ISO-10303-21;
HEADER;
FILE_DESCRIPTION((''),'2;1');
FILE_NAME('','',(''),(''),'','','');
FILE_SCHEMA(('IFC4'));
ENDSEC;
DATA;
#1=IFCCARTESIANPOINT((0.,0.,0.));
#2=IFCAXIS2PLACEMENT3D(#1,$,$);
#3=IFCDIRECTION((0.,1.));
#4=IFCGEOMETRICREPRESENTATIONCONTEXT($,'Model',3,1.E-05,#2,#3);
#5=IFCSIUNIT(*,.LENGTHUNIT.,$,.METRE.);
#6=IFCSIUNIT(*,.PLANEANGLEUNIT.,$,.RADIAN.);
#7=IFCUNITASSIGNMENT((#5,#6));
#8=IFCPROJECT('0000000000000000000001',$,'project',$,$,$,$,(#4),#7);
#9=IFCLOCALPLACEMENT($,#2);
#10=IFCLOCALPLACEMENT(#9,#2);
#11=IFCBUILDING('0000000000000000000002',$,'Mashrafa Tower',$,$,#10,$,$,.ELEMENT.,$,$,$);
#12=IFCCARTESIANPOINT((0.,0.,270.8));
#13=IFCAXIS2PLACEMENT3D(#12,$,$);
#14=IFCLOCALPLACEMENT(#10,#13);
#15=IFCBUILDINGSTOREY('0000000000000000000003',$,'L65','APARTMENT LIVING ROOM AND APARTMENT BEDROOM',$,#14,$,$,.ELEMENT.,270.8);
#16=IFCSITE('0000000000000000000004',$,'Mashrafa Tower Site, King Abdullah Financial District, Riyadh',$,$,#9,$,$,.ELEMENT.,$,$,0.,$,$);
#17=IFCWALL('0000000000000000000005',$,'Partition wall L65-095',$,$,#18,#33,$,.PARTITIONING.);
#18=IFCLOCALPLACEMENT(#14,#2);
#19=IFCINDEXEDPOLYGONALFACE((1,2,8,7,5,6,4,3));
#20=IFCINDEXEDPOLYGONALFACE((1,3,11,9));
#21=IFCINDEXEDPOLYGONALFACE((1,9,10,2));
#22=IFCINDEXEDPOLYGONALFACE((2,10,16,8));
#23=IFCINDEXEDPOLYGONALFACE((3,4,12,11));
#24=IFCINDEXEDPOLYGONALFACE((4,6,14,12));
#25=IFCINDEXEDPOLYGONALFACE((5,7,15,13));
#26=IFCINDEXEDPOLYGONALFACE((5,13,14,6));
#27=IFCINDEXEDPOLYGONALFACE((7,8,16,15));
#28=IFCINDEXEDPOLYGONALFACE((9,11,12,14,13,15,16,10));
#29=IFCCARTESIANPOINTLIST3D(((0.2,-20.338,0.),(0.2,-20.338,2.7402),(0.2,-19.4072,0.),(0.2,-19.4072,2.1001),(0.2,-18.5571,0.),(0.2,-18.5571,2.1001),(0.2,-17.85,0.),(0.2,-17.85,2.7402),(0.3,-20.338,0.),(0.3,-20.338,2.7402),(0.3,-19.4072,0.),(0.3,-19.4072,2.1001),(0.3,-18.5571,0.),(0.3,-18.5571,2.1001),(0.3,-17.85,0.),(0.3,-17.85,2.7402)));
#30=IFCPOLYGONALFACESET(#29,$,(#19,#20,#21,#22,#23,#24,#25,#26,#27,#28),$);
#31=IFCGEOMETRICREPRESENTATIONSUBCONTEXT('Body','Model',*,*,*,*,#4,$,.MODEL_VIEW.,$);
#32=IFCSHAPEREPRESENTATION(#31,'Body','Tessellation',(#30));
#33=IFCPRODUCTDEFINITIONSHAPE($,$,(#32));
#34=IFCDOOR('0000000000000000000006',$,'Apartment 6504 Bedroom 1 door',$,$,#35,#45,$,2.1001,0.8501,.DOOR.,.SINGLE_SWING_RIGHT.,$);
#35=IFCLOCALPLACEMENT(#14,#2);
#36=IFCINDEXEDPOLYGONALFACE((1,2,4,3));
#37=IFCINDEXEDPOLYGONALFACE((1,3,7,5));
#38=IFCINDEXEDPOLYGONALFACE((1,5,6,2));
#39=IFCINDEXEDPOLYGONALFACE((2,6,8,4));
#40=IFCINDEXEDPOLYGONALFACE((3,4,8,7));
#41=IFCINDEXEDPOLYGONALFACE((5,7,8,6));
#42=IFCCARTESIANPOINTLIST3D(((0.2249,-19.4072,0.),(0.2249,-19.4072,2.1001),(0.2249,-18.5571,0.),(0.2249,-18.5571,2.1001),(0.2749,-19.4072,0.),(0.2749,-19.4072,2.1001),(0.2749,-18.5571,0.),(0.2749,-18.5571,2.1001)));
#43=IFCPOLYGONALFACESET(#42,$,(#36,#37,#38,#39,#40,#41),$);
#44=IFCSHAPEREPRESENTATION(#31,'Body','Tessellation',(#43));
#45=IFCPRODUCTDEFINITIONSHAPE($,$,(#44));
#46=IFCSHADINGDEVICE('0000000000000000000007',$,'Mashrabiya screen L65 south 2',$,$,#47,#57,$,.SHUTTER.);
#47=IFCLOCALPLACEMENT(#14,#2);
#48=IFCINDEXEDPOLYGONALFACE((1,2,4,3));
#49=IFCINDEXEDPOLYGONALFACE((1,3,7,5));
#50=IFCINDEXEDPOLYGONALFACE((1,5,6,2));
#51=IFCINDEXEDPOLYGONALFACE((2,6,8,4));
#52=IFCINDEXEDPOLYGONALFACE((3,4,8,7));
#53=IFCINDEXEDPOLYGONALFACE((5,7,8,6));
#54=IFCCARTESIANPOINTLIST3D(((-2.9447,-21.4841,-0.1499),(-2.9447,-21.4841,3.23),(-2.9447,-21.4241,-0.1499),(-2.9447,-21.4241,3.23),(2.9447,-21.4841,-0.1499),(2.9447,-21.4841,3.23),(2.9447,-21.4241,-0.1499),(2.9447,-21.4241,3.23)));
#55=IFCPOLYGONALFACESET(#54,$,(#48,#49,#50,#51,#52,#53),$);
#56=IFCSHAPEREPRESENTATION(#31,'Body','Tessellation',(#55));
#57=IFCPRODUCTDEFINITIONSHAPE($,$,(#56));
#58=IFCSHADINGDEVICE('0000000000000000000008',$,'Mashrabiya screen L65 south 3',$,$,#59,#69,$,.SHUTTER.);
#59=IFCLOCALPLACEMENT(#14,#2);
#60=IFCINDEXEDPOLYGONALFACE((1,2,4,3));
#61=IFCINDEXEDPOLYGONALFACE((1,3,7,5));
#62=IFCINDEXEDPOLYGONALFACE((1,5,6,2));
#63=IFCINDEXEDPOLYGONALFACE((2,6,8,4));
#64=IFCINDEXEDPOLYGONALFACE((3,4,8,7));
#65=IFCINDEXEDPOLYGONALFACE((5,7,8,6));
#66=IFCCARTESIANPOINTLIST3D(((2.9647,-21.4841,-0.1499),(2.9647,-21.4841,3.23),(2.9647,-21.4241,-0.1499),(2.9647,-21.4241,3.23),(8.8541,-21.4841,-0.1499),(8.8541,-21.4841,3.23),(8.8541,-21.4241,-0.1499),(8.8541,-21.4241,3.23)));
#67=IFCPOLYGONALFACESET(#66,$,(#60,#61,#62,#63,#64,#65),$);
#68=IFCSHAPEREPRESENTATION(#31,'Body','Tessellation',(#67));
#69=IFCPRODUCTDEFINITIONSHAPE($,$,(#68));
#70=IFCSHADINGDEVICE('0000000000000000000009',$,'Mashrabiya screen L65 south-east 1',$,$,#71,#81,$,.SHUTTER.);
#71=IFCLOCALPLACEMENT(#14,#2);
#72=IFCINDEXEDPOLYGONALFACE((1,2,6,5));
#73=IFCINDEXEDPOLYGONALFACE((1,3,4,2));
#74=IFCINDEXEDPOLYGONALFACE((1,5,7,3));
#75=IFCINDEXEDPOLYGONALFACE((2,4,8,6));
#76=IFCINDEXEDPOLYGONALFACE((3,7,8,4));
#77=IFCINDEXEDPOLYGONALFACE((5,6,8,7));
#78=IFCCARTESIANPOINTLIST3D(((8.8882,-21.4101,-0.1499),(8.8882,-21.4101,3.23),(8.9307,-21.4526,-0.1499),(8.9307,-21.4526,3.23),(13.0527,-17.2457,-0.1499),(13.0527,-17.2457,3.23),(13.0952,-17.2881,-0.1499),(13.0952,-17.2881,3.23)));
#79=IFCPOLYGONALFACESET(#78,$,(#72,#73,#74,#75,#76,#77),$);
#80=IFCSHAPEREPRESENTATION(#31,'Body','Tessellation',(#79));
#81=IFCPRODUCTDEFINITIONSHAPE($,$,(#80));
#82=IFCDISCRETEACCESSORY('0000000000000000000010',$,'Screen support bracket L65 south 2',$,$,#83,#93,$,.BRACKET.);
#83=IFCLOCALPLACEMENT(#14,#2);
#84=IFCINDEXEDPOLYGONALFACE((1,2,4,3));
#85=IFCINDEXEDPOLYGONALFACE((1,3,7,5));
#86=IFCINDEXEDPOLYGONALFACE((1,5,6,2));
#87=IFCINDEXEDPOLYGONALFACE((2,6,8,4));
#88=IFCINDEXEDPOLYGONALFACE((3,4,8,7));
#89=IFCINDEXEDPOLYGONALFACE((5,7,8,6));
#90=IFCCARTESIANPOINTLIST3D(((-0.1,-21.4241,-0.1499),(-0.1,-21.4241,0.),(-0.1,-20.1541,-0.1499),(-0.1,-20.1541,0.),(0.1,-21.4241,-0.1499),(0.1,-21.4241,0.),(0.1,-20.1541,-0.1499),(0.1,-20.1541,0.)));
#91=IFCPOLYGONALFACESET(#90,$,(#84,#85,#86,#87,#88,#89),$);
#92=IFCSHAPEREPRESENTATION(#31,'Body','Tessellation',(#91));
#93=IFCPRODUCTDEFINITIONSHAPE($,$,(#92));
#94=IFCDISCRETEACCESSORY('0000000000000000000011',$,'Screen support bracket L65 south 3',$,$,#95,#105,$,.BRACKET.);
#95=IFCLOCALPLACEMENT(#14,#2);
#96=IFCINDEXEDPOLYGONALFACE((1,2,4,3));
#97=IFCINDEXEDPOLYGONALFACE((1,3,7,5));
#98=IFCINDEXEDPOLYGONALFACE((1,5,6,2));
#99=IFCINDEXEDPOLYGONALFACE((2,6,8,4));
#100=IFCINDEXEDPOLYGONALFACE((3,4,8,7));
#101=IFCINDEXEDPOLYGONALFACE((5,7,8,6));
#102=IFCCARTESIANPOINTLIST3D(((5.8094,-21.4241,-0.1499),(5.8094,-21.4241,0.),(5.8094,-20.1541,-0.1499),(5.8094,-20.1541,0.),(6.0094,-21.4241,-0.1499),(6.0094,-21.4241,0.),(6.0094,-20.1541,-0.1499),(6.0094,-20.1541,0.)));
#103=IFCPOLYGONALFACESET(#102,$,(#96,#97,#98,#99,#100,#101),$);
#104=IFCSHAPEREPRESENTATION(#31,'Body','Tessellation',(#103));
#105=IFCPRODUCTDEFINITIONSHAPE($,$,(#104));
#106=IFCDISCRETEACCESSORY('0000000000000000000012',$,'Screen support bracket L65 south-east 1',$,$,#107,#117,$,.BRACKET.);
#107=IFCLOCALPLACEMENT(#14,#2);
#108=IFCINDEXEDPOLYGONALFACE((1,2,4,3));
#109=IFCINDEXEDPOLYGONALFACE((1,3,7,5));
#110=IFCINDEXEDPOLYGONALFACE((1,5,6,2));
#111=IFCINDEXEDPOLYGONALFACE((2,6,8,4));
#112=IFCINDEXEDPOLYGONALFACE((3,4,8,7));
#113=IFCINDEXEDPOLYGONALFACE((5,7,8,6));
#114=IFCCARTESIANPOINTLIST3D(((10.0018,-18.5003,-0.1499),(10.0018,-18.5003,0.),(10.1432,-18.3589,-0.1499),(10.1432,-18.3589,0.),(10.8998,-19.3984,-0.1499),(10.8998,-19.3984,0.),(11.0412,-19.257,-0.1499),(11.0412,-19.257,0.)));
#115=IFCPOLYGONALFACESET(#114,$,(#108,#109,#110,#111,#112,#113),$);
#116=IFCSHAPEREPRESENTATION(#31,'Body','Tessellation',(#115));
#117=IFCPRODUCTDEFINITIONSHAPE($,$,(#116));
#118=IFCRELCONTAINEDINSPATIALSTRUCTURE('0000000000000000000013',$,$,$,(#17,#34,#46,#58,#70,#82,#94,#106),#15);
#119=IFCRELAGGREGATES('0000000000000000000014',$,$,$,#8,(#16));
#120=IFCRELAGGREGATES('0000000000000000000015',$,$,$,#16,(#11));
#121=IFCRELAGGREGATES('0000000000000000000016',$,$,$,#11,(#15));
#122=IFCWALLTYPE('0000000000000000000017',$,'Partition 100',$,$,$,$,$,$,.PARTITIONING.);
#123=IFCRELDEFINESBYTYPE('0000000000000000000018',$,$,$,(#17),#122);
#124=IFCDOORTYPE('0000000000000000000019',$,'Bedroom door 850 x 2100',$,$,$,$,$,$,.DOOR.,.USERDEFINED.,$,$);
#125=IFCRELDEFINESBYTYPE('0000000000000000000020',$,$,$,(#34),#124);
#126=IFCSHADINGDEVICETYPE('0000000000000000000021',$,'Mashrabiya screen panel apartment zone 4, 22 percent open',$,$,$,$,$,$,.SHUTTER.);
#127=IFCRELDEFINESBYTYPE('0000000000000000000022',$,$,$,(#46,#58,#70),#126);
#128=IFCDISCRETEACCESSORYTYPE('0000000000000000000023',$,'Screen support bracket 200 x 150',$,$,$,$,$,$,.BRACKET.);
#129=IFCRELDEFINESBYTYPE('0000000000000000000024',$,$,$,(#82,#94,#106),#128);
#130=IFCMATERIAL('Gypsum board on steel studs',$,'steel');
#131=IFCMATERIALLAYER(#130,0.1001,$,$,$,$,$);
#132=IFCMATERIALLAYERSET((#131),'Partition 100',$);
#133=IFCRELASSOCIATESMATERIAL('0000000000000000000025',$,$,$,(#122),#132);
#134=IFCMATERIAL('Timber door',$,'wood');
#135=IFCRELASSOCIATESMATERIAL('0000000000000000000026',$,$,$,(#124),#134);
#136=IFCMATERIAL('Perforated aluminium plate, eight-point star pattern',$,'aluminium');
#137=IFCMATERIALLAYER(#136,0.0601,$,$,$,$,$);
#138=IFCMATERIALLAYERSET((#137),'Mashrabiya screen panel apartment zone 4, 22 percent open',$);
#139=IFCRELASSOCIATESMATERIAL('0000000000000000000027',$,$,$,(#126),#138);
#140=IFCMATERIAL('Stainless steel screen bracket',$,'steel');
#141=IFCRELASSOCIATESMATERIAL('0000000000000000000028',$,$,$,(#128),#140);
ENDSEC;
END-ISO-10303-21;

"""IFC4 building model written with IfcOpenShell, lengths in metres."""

from ifc_helpers import new_model, si_unit, direction, frame, frame_2d, origin, origin_2d, place, context, subcontext, project, spatial, rectangle, extrude, source, transform, mapped, material, layer, layer_set, type_object, type_shapes, element, fill, save


model = new_model("IFC4")

# Units and contexts
model_context = context("Model", 3, precision=1e-05, world=origin(), true_north=direction((0.0, 1.0)))
body_context = subcontext(model_context, "Body", "Model", "MODEL_VIEW")
ifc_project = project(units=[si_unit("LENGTHUNIT", "METRE"), si_unit("PLANEANGLEUNIT", "RADIAN")], contexts=[model_context])

# Site, building, storey
site_placement = place(None, origin())
site = spatial("IfcSite", under=ifc_project, at=site_placement, Name="Mashrafa Tower Site, King Abdullah Financial District, Riyadh", CompositionType="ELEMENT", RefElevation=0.0)
building_placement = place(site_placement, origin())
building = spatial("IfcBuilding", under=site, at=building_placement, Name="Mashrafa Tower", CompositionType="ELEMENT")
storey_placement = place(building_placement, frame((0.0, 0.0, 270.8)))
storey = spatial("IfcBuildingStorey", under=building, at=storey_placement, Name="L65", Description="APARTMENT LIVING ROOM AND APARTMENT BEDROOM", CompositionType="ELEMENT", Elevation=270.8)

# Shared definitions
ifc_material_1 = material(Name="Gypsum board on steel studs", Category="steel")
ifc_layer_1 = layer(ifc_material_1, 0.1001)
ifc_layer_set_1 = layer_set([ifc_layer_1], Name="Partition 100")
wall_type = type_object("IfcWallType", Name="Partition 100", PredefinedType="PARTITIONING", material=ifc_layer_set_1)

# Wall, opening, door
wall_1_placement = place(storey_placement, frame((0.25, -20.3381, 0.0), z_axis=(0.0, 0.0, 1.0), x_axis=(0.0, 1.0, 0.0)))
wall_1 = element("IfcWall", 1, at=wall_1_placement, inside=storey, type_object=wall_type, Name="Partition wall L65-095", PredefinedType="PARTITIONING", context=body_context, shape_type="SweptSolid", body=[
    extrude(rectangle(XDim=2.488, YDim=0.1001, at=frame_2d((1.2441, 0.0))), origin(), (0.0, 0.0, 1.0), 2.7402),
])
opening_placement = place(wall_1_placement, frame((0.9309, 0.0, 0.0)))
opening = element("IfcOpeningElement", 2, at=opening_placement, cuts=wall_1, PredefinedType="OPENING", context=body_context, shape_type="SweptSolid", body=[
    extrude(rectangle(XDim=0.8501, YDim=2.1001, at=frame_2d((0.425, 1.05))), frame((0.0, 0.0601, 0.0), z_axis=(0.0, -1.0, 0.0), x_axis=(1.0, 0.0, 0.0)), (0.0, 0.0, 1.0), 0.1201),
])
ifc_material_2 = material(Name="Timber door", Category="wood")
door_type = type_object("IfcDoorType", Name="Bedroom door 850 x 2100", OperationType="USERDEFINED", PredefinedType="DOOR", material=ifc_material_2)
door_placement = place(opening_placement, frame((0.8501, 0.0, 0.0), z_axis=(0.0, 0.0, 1.0), x_axis=(-1.0, 0.0, 0.0)))
door = element("IfcDoor", 3, at=door_placement, inside=storey, type_object=door_type, Name="Apartment 6504 Bedroom 1 door", OperationType="SINGLE_SWING_RIGHT", OverallHeight=2.1001, OverallWidth=0.8501, PredefinedType="DOOR", context=body_context, shape_type="SweptSolid", body=[
    extrude(rectangle(XDim=0.8501, YDim=2.1001, at=frame_2d((0.425, 1.05))), frame((0.0, 0.0249, 0.0), z_axis=(0.0, -1.0, 0.0), x_axis=(1.0, 0.0, 0.0)), (0.0, 0.0, 1.0), 0.05),
])
fill(opening, door)

# Shading devices
ifc_material_3 = material(Name="Perforated aluminium plate, eight-point star pattern", Category="aluminium")
ifc_layer_2 = layer(ifc_material_3, 0.0601)
ifc_layer_set_2 = layer_set([ifc_layer_2], Name="Mashrabiya screen panel apartment zone 4, 22 percent open")
shading_device_type = type_object("IfcShadingDeviceType", Name="Mashrabiya screen panel apartment zone 4, 22 percent open", PredefinedType="SHUTTER", material=ifc_layer_set_2)
shared_shape_1 = source(origin(), body_context, "Body", "SweptSolid", [
    extrude(rectangle(XDim=5.8894, YDim=0.0601, at=origin_2d()), origin(), (0.0, 0.0, 1.0), 3.3799),
])
type_shapes(shading_device_type, [shared_shape_1])
for number, where, z_axis, x_axis, name in (
    (4, (0.0, -21.4541, -0.1499), (0.0, 0.0, 1.0), (1.0, 0.0, 0.0), "Mashrabiya screen L65 south 2"),
    (5, (5.9094, -21.4541, -0.1499), (0.0, 0.0, 1.0), (1.0, 0.0, 0.0), "Mashrabiya screen L65 south 3"),
    (6, (10.9917, -19.3491, -0.1499), (0.0, 0.0, 1.0), (0.707107, 0.707107, 0.0), "Mashrabiya screen L65 south-east 1"),
):
    element("IfcShadingDevice", number, at=place(storey_placement, frame(where, z_axis=z_axis, x_axis=x_axis)), inside=storey, type_object=shading_device_type, Name=name, PredefinedType="SHUTTER", context=body_context, shape_type="MappedRepresentation", body=[
        mapped(shared_shape_1, transform((0.0, 0.0, 0.0))),
    ])

# Discrete accessories
ifc_material_4 = material(Name="Stainless steel screen bracket", Category="steel")
discrete_accessory_type = type_object("IfcDiscreteAccessoryType", Name="Screen support bracket 200 x 150", PredefinedType="BRACKET", material=ifc_material_4)
shared_shape_2 = source(origin(), body_context, "Body", "SweptSolid", [
    extrude(rectangle(XDim=0.2, YDim=1.27, at=origin_2d()), origin(), (0.0, 0.0, 1.0), 0.1499),
])
type_shapes(discrete_accessory_type, [shared_shape_2])
for number, where, z_axis, x_axis, name in (
    (7, (0.0, -20.7891, -0.1499), (0.0, 0.0, 1.0), (1.0, 0.0, 0.0), "Screen support bracket L65 south 2"),
    (8, (5.9094, -20.7891, -0.1499), (0.0, 0.0, 1.0), (1.0, 0.0, 0.0), "Screen support bracket L65 south 3"),
    (9, (10.5215, -18.8787, -0.1499), (0.0, 0.0, 1.0), (0.707107, 0.707107, 0.0), "Screen support bracket L65 south-east 1"),
):
    element("IfcDiscreteAccessory", number, at=place(storey_placement, frame(where, z_axis=z_axis, x_axis=x_axis)), inside=storey, type_object=discrete_accessory_type, Name=name, PredefinedType="BRACKET", context=body_context, shape_type="MappedRepresentation", body=[
        mapped(shared_shape_2, transform((0.0, 0.0, 0.0))),
    ])

save(model, "model.ifc")
